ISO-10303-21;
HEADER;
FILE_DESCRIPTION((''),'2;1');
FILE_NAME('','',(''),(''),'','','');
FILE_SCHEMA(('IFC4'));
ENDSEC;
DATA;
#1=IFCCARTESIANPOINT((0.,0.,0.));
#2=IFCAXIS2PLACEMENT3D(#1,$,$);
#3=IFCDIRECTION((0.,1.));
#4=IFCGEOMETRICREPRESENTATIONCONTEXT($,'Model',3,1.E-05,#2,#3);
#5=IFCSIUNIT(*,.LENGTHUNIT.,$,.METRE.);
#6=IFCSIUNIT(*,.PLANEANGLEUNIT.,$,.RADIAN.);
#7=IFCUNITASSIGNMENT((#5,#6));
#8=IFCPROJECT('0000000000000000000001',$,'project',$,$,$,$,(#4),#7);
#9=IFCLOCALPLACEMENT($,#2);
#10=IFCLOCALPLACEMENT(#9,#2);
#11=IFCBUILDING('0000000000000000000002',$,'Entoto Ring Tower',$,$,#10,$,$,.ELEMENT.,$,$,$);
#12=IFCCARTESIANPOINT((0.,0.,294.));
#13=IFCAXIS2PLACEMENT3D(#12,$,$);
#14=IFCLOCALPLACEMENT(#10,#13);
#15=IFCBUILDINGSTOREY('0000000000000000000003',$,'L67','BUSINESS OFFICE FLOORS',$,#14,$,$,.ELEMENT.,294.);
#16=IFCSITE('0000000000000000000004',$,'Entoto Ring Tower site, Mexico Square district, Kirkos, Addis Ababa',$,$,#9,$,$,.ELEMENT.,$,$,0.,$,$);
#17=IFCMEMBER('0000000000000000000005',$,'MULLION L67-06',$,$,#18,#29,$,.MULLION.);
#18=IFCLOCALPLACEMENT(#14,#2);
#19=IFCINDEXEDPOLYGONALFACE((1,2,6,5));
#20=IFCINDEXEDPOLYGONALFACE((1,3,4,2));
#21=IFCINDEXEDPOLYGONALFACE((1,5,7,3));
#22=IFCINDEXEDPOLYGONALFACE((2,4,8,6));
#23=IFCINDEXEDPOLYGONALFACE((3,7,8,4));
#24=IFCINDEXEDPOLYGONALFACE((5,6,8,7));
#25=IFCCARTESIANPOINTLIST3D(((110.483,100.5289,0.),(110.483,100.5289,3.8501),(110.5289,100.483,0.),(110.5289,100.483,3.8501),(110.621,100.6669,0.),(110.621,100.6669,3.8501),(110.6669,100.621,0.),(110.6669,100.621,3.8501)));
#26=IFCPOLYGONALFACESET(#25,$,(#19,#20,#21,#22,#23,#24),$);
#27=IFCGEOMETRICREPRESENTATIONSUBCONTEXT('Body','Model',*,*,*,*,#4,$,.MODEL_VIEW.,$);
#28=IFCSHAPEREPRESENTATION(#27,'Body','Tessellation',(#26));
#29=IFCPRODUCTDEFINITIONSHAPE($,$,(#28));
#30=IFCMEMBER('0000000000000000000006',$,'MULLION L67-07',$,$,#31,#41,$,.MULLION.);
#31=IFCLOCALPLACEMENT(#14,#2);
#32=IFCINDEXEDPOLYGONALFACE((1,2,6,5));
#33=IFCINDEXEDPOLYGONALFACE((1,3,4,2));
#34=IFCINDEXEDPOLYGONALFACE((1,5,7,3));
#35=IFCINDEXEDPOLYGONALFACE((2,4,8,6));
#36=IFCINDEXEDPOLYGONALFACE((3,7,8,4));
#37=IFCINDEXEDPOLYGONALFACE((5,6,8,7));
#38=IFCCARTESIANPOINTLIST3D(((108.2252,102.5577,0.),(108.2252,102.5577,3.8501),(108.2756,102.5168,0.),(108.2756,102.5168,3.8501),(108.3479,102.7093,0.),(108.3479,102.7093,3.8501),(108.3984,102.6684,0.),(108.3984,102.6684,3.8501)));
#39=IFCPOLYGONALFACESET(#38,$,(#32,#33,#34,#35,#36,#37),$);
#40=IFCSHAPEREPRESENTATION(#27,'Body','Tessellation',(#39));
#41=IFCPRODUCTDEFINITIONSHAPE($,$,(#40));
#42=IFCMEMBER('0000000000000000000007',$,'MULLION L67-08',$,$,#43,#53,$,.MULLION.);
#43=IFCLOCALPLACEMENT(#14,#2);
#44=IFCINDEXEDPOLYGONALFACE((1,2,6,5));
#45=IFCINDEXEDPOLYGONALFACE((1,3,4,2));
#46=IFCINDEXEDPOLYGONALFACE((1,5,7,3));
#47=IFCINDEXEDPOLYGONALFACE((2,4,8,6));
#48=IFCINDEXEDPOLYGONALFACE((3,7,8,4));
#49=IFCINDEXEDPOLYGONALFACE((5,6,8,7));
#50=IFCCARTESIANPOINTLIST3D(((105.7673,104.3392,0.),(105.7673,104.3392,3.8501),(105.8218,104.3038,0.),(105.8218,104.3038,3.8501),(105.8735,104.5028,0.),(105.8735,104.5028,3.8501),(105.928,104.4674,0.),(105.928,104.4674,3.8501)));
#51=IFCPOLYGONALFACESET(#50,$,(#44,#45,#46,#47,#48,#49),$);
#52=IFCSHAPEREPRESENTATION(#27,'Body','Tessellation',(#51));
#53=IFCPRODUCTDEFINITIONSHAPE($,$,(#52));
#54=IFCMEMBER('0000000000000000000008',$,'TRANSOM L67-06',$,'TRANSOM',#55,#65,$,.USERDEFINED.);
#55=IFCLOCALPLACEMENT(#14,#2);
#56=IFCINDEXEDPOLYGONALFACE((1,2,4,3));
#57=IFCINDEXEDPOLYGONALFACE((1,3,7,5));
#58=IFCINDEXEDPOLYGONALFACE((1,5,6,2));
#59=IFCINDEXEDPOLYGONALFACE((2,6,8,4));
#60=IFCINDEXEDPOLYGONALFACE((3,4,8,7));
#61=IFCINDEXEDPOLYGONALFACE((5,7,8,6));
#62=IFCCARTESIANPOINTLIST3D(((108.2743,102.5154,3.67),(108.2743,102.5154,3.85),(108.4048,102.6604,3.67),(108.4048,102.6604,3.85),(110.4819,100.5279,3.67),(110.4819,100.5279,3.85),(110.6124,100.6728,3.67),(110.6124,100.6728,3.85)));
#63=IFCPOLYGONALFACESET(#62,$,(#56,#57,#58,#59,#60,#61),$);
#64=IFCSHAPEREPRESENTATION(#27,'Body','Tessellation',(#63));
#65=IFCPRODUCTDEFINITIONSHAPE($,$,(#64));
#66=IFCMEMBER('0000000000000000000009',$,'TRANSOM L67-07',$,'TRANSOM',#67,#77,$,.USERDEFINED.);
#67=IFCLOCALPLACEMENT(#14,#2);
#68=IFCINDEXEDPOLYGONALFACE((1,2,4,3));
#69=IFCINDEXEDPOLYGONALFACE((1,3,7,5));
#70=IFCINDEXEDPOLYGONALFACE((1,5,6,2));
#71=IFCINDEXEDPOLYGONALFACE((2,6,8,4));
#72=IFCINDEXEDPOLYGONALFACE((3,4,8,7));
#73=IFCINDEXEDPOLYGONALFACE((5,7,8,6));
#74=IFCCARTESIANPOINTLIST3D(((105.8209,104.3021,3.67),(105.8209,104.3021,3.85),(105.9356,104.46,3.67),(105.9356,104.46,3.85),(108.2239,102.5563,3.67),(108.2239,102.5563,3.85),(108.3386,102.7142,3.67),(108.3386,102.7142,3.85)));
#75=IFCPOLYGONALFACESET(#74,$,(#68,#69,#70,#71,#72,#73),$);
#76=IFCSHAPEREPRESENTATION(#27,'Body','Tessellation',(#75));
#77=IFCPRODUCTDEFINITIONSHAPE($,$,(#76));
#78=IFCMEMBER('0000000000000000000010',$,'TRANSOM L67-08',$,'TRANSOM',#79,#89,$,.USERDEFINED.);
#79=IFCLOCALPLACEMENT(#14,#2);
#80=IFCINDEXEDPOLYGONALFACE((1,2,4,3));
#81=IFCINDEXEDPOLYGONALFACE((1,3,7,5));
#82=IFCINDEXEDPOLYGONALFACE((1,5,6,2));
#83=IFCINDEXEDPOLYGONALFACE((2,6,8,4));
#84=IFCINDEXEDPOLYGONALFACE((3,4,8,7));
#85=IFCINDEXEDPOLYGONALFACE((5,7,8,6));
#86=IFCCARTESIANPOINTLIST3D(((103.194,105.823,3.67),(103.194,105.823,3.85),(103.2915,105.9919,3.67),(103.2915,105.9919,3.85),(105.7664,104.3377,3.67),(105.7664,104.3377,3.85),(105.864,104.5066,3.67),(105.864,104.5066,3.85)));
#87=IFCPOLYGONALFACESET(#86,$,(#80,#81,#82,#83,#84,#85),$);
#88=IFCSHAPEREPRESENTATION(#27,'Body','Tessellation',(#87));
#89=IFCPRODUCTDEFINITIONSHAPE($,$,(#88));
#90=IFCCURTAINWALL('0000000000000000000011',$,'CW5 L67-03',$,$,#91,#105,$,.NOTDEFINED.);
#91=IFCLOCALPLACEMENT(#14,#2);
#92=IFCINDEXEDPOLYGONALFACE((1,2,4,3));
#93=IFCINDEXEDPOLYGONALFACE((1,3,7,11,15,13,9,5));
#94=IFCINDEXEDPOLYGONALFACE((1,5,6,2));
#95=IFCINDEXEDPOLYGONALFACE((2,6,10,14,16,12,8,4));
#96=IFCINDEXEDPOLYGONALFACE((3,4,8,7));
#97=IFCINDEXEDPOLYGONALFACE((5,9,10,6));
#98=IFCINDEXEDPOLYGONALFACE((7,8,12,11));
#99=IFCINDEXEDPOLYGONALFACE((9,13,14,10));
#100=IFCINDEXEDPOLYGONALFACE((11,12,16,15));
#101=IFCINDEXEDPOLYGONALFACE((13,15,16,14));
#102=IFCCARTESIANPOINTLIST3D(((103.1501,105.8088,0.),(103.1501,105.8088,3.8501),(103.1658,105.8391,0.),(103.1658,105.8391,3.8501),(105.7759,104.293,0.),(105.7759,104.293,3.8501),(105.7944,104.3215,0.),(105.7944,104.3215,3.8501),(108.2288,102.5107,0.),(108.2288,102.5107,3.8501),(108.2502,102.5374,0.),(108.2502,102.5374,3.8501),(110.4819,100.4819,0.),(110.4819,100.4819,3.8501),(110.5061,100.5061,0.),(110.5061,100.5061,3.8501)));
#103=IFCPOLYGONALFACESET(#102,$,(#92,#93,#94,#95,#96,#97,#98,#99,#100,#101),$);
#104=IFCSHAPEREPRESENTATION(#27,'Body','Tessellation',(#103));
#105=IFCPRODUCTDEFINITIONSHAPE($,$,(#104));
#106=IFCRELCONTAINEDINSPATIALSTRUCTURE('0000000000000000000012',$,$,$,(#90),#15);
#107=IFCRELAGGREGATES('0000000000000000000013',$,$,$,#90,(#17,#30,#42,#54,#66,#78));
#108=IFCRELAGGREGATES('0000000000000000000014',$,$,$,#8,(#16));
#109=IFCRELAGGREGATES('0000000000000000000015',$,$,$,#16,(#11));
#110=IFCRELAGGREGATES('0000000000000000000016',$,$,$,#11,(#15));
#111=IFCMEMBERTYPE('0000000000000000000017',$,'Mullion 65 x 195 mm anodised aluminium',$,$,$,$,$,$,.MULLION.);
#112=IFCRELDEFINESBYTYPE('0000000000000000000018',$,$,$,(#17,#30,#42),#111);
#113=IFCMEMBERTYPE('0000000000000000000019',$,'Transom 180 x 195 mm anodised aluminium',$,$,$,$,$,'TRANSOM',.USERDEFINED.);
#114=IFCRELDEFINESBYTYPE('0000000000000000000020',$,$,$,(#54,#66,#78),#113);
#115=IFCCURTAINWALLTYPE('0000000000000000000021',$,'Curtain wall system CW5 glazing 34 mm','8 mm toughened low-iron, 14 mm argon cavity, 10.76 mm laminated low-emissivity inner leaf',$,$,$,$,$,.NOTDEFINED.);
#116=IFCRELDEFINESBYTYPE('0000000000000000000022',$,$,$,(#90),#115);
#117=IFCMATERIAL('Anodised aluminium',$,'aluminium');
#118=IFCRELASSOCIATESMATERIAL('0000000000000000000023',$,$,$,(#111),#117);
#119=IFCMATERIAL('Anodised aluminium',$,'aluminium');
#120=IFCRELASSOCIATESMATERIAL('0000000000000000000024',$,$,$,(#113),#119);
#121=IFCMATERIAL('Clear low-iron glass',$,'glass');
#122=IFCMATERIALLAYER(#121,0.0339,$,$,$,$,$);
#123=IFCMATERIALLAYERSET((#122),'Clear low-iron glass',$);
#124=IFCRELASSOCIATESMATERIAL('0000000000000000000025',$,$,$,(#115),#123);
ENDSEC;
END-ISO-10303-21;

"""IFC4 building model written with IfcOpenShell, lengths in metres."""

from ifc_helpers import new_model, si_unit, direction, frame, origin, origin_2d, place, context, subcontext, project, spatial, polyline, rectangle, outline, extrude, material, layer, layer_set, material_profile, profile_set, type_object, element, aggregate, save


model = new_model("IFC4")

# Units and contexts
model_context = context("Model", 3, precision=1e-05, world=origin(), true_north=direction((0.0, 1.0)))
body_context = subcontext(model_context, "Body", "Model", "MODEL_VIEW")
ifc_project = project(units=[si_unit("LENGTHUNIT", "METRE"), si_unit("PLANEANGLEUNIT", "RADIAN")], contexts=[model_context])

# Members
ifc_material_1 = material(Name="Anodised aluminium", Category="aluminium")
ifc_material_profile_1 = material_profile(ifc_material_1, rectangle(XDim=0.0649, YDim=0.1951, at=origin_2d()), Name="Mullion 65 x 195 mm anodised aluminium")
ifc_profile_set_1 = profile_set([ifc_material_profile_1], Name="Anodised aluminium")
member_type_1 = type_object("IfcMemberType", Name="Mullion 65 x 195 mm anodised aluminium", PredefinedType="MULLION", material=ifc_profile_set_1)
site_placement = place(None, origin())
building_placement = place(site_placement, origin())
storey_placement = place(building_placement, frame((0.0, 0.0, 294.0)))
member_1_placement = place(storey_placement, frame((110.575, 100.575, 0.0), z_axis=(0.0, 0.0, 1.0), x_axis=(-0.707107, 0.707107, 0.0)))
member_1 = element("IfcMember", 1, at=member_1_placement, type_object=member_type_1, Name="MULLION L67-06", PredefinedType="MULLION", context=body_context, shape_type="SweptSolid", body=[
    extrude(rectangle(XDim=0.0649, YDim=0.1951, at=origin_2d()), origin(), (0.0, 0.0, 1.0), 3.8501),
])
member_2_placement = place(storey_placement, frame((108.3118, 102.613, 0.0), z_axis=(0.0, 0.0, 1.0), x_axis=(-0.777146, 0.62932, 0.0)))
member_2 = element("IfcMember", 2, at=member_2_placement, type_object=member_type_1, Name="MULLION L67-07", PredefinedType="MULLION", context=body_context, shape_type="SweptSolid", body=[
    extrude(rectangle(XDim=0.0649, YDim=0.1951, at=origin_2d()), origin(), (0.0, 0.0, 1.0), 3.8501),
])
member_3_placement = place(storey_placement, frame((105.8477, 104.4033, 0.0), z_axis=(0.0, 0.0, 1.0), x_axis=(-0.838671, 0.544639, 0.0)))
member_3 = element("IfcMember", 3, at=member_3_placement, type_object=member_type_1, Name="MULLION L67-08", PredefinedType="MULLION", context=body_context, shape_type="SweptSolid", body=[
    extrude(rectangle(XDim=0.0649, YDim=0.1951, at=origin_2d()), origin(), (0.0, 0.0, 1.0), 3.8501),
])
ifc_material_2 = material(Name="Anodised aluminium", Category="aluminium")
ifc_material_profile_2 = material_profile(ifc_material_2, rectangle(XDim=0.1951, YDim=0.1799, at=origin_2d()), Name="Transom 180 x 195 mm anodised aluminium")
ifc_profile_set_2 = profile_set([ifc_material_profile_2], Name="Anodised aluminium")
member_type_2 = type_object("IfcMemberType", Name="Transom 180 x 195 mm anodised aluminium", ElementType="TRANSOM", PredefinedType="USERDEFINED", material=ifc_profile_set_2)
member_4_placement = place(storey_placement, frame((110.5471, 100.6003, 3.76), z_axis=(-0.743163, 0.66911, 0.0), x_axis=(-0.66911, -0.743163, 0.0)))
member_4 = element("IfcMember", 4, at=member_4_placement, type_object=member_type_2, Name="TRANSOM L67-06", ObjectType="TRANSOM", PredefinedType="USERDEFINED", context=body_context, shape_type="SweptSolid", body=[
    extrude(rectangle(XDim=0.1951, YDim=0.1799, at=origin_2d()), origin(), (0.0, 0.0, 1.0), 2.9705),
])
member_5_placement = place(storey_placement, frame((108.2812, 102.6353, 3.76), z_axis=(-0.809031, 0.587766, 0.0), x_axis=(-0.587766, -0.809031, 0.0)))
member_5 = element("IfcMember", 5, at=member_5_placement, type_object=member_type_2, Name="TRANSOM L67-07", ObjectType="TRANSOM", PredefinedType="USERDEFINED", context=body_context, shape_type="SweptSolid", body=[
    extrude(rectangle(XDim=0.1951, YDim=0.1799, at=origin_2d()), origin(), (0.0, 0.0, 1.0), 2.9702),
])
member_6_placement = place(storey_placement, frame((105.8152, 104.4221, 3.76), z_axis=(-0.866009, 0.500028, 0.0), x_axis=(-0.500028, -0.866009, 0.0)))
member_6 = element("IfcMember", 6, at=member_6_placement, type_object=member_type_2, Name="TRANSOM L67-08", ObjectType="TRANSOM", PredefinedType="USERDEFINED", context=body_context, shape_type="SweptSolid", body=[
    extrude(rectangle(XDim=0.1951, YDim=0.1799, at=origin_2d()), origin(), (0.0, 0.0, 1.0), 2.9705),
])

# Site, building, storey
site = spatial("IfcSite", under=ifc_project, at=site_placement, Name="Entoto Ring Tower site, Mexico Square district, Kirkos, Addis Ababa", CompositionType="ELEMENT", RefElevation=0.0)
building = spatial("IfcBuilding", under=site, at=building_placement, Name="Entoto Ring Tower", CompositionType="ELEMENT")
storey = spatial("IfcBuildingStorey", under=building, at=storey_placement, Name="L67", Description="BUSINESS OFFICE FLOORS", CompositionType="ELEMENT", Elevation=294.0)

# Curtain wall
ifc_material_3 = material(Name="Clear low-iron glass", Category="glass")
ifc_layer = layer(ifc_material_3, 0.0339)
ifc_layer_set = layer_set([ifc_layer], Name="Clear low-iron glass")
curtain_wall_type = type_object("IfcCurtainWallType", Name="Curtain wall system CW5 glazing 34 mm", Description="8 mm toughened low-iron, 14 mm argon cavity, 10.76 mm laminated low-emissivity inner leaf", PredefinedType="NOTDEFINED", material=ifc_layer_set)
curtain_wall_1_placement = place(storey_placement, origin())
curtain_wall_1 = element("IfcCurtainWall", 7, at=curtain_wall_1_placement, inside=storey, type_object=curtain_wall_type, Name="CW5 L67-03", PredefinedType="NOTDEFINED", context=body_context, shape_type="SweptSolid", body=[
    extrude(outline(polyline([(110.5061, 100.5061), (108.2502, 102.5374), (105.7944, 104.3215), (103.1658, 105.8391), (103.1501, 105.8088), (105.7759, 104.293), (108.2288, 102.5107), (110.4819, 100.4819), (110.5061, 100.5061)])), origin(), (0.0, 0.0, 1.0), 3.8501),
])
aggregate(curtain_wall_1, [member_1, member_2, member_3, member_4, member_5, member_6])

save(model, "model.ifc")
